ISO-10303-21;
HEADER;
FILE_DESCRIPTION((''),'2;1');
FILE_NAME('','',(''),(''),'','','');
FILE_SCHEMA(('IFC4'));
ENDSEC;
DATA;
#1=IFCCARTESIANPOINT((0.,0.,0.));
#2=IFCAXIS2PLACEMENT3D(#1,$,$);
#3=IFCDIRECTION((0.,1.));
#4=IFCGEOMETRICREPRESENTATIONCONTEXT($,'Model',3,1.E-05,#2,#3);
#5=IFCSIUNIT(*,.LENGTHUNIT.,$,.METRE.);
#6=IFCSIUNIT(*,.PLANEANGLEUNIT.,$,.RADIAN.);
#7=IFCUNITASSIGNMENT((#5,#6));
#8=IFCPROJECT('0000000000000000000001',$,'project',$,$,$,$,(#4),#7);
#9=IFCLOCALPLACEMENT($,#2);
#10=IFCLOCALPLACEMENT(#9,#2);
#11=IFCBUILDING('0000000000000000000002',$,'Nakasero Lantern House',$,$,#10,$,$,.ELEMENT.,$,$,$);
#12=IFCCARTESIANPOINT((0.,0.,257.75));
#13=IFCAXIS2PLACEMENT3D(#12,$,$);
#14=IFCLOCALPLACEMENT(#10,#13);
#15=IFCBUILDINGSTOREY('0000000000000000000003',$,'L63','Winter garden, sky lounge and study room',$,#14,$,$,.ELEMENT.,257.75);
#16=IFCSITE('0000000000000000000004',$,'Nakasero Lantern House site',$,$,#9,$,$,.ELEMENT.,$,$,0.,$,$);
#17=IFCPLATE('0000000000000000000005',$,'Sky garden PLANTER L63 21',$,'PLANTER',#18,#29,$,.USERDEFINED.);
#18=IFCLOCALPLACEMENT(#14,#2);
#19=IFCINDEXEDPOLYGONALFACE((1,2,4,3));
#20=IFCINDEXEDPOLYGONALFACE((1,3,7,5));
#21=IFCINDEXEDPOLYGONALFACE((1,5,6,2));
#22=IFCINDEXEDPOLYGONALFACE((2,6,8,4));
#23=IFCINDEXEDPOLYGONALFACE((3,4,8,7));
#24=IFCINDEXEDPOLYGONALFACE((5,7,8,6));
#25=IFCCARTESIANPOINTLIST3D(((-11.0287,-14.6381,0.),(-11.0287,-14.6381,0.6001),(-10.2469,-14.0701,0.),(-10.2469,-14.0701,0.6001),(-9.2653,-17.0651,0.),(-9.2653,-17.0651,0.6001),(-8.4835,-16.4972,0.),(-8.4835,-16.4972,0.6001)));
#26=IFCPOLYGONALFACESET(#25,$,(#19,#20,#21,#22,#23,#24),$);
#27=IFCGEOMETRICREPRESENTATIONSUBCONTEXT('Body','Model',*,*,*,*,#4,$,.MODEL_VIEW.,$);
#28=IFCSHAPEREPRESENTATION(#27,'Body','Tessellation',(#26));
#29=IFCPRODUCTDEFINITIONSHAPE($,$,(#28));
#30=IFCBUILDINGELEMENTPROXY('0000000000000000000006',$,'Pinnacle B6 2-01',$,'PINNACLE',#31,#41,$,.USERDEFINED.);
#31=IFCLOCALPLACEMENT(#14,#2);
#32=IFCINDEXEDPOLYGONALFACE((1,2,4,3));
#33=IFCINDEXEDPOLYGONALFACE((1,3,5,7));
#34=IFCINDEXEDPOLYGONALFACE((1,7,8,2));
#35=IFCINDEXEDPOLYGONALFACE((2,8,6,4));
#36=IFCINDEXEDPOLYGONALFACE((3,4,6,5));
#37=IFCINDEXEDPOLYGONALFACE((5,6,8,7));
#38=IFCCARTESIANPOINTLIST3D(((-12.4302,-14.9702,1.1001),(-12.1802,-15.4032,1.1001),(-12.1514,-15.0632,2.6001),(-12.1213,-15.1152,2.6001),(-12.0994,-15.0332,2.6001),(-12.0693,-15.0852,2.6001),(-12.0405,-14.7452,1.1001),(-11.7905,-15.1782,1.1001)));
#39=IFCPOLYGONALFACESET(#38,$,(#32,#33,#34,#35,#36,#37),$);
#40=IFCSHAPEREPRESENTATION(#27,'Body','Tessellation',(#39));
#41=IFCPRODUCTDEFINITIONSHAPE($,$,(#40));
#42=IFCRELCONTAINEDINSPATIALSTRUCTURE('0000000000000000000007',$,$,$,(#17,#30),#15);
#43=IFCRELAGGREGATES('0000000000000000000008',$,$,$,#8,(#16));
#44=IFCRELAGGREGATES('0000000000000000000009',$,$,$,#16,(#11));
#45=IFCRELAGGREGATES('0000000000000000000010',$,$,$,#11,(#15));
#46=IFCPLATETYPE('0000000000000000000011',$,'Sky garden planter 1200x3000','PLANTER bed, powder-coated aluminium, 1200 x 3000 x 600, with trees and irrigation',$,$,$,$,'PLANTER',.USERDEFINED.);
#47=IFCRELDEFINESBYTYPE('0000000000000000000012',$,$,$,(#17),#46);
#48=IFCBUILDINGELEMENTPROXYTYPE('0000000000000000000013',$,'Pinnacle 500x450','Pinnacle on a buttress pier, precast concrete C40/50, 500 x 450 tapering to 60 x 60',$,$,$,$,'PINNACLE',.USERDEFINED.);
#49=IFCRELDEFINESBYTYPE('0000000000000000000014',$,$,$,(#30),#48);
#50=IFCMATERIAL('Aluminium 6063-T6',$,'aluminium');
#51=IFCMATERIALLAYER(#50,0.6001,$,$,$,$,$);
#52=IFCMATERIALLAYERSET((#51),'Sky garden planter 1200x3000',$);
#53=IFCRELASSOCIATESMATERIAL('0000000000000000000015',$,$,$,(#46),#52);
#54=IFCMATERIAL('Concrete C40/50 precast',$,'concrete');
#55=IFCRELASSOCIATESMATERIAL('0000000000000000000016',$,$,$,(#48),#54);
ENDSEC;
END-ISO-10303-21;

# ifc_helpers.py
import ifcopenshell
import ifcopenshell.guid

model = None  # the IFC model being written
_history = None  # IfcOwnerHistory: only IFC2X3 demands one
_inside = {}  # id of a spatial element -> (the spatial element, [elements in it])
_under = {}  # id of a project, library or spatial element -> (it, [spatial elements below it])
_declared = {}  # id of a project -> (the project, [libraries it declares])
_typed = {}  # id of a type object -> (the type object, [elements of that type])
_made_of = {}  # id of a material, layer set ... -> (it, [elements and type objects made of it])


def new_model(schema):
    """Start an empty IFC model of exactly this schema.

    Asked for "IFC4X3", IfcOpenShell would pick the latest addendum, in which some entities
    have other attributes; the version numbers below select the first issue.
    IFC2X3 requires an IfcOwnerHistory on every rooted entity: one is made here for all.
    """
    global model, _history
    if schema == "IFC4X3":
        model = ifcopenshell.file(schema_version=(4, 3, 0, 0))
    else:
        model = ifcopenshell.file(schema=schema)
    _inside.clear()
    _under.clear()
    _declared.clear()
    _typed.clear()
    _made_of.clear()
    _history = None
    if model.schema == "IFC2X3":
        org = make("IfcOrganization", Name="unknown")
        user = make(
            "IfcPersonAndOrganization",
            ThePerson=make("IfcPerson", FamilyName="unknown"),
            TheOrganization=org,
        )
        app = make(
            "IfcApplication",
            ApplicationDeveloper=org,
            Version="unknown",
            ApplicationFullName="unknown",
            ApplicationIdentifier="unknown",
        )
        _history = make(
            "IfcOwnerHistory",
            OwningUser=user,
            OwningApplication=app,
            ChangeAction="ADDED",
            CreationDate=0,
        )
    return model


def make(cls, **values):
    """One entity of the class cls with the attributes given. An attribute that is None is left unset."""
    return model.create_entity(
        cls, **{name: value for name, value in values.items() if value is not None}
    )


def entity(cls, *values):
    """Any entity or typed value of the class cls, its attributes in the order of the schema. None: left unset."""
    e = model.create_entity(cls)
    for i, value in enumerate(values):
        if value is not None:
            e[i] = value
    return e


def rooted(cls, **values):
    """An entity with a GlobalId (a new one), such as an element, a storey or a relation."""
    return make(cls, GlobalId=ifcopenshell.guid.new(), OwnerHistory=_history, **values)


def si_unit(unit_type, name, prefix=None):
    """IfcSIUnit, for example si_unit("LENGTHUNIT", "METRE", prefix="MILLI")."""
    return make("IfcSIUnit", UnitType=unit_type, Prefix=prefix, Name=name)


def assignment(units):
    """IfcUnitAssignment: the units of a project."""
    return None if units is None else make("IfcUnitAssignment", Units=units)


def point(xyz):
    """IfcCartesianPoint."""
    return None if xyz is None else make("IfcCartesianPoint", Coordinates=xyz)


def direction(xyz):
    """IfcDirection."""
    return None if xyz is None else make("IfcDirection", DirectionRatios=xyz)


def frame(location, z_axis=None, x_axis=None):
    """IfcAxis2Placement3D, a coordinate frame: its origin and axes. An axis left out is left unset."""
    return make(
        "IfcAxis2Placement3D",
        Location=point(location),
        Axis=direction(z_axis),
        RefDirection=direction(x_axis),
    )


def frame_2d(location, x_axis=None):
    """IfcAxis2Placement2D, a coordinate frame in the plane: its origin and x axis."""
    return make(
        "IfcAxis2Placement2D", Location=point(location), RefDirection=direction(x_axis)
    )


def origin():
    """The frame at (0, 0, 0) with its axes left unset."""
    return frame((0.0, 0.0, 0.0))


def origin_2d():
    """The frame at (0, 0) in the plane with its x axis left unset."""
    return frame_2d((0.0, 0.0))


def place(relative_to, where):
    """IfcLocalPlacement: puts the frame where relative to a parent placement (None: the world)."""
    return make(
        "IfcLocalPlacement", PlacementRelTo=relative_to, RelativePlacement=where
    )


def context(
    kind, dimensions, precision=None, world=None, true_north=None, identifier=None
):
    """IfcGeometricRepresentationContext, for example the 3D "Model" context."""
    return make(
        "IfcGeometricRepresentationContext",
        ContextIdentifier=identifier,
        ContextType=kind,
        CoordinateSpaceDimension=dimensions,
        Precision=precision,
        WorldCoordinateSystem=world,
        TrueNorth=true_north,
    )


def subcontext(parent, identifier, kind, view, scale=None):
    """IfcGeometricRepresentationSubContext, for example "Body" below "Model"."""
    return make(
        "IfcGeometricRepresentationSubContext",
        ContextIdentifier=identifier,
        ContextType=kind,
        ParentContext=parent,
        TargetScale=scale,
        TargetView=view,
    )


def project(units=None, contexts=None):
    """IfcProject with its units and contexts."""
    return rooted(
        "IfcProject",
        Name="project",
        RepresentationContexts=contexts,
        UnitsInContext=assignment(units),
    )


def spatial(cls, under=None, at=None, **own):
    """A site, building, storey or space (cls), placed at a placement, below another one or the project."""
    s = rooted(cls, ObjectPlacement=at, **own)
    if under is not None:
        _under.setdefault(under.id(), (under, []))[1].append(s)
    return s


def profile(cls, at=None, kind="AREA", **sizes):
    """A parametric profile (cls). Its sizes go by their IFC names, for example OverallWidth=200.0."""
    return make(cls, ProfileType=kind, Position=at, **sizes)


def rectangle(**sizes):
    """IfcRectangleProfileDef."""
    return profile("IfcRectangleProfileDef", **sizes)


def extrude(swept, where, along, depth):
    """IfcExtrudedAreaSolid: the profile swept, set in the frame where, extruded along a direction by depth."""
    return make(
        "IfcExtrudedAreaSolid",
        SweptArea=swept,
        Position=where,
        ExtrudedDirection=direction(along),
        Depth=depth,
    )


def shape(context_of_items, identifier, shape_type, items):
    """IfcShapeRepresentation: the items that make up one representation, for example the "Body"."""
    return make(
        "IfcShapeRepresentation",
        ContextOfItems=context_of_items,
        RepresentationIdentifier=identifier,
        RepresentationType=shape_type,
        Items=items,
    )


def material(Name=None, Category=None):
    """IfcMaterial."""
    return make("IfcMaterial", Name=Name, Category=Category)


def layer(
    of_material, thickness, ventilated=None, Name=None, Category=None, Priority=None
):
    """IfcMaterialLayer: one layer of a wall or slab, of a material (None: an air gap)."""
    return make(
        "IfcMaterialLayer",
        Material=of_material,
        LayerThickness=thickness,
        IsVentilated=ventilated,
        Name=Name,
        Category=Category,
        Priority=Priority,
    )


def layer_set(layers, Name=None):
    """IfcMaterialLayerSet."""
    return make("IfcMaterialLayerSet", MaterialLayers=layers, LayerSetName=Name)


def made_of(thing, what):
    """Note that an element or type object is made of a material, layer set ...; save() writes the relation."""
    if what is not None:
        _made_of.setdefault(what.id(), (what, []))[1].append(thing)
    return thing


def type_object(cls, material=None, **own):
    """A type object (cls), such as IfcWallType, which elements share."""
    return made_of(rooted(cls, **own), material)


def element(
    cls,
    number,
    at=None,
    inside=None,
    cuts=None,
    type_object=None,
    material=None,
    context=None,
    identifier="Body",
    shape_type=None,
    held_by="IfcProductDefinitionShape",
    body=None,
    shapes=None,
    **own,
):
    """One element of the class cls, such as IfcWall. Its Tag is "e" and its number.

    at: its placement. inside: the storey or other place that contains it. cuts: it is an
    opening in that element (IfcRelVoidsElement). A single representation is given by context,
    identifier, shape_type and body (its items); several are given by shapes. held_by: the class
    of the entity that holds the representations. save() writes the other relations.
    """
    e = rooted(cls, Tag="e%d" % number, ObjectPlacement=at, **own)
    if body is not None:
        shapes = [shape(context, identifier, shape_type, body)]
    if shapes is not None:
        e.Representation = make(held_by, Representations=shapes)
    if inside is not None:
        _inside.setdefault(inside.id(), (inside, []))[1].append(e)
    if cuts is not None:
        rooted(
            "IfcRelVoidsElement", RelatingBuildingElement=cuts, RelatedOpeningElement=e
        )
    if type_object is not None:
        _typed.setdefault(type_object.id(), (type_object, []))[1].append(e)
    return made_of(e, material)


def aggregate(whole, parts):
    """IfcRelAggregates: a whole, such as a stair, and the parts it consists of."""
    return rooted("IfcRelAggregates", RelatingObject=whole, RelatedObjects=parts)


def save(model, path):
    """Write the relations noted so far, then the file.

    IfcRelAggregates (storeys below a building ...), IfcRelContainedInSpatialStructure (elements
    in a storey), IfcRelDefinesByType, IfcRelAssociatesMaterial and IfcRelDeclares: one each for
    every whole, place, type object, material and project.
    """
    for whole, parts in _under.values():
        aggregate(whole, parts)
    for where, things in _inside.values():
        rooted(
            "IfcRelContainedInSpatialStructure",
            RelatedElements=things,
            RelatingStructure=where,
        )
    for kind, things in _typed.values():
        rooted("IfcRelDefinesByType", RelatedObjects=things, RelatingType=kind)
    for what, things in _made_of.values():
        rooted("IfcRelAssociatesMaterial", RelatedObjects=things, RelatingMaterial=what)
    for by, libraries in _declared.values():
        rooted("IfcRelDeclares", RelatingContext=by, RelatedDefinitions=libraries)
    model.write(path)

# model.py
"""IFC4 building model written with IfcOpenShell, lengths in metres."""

from ifc_helpers import new_model, entity, si_unit, direction, frame, origin, origin_2d, place, context, subcontext, project, spatial, rectangle, extrude, material, layer, layer_set, type_object, element, save


model = new_model("IFC4")

# Units and contexts
model_context = context("Model", 3, precision=1e-05, world=origin(), true_north=direction((0.0, 1.0)))
body_context = subcontext(model_context, "Body", "Model", "MODEL_VIEW")
ifc_project = project(units=[si_unit("LENGTHUNIT", "METRE"), si_unit("PLANEANGLEUNIT", "RADIAN")], contexts=[model_context])

# Site, building, storey
site_placement = place(None, origin())
site = spatial("IfcSite", under=ifc_project, at=site_placement, Name="Nakasero Lantern House site", CompositionType="ELEMENT", RefElevation=0.0)
building_placement = place(site_placement, origin())
building = spatial("IfcBuilding", under=site, at=building_placement, Name="Nakasero Lantern House", CompositionType="ELEMENT")
storey_placement = place(building_placement, frame((0.0, 0.0, 257.75)))
storey = spatial("IfcBuildingStorey", under=building, at=storey_placement, Name="L63", Description="Winter garden, sky lounge and study room", CompositionType="ELEMENT", Elevation=257.75)

# Plate
ifc_material_1 = material(Name="Aluminium 6063-T6", Category="aluminium")
ifc_layer_1 = layer(ifc_material_1, 0.6001)
ifc_layer_set_1 = layer_set([ifc_layer_1], Name="Sky garden planter 1200x3000")
plate_type_1 = type_object("IfcPlateType", Name="Sky garden planter 1200x3000", Description="PLANTER bed, powder-coated aluminium, 1200 x 3000 x 600, with trees and irrigation", ElementType="PLANTER", PredefinedType="USERDEFINED", material=ifc_layer_set_1)
plate_1_placement = place(storey_placement, frame((-9.7561, -15.5676, 0.0), z_axis=(0.0, 0.0, 1.0), x_axis=(-0.809017, -0.587785, 0.0)))
element("IfcPlate", 1, at=plate_1_placement, inside=storey, type_object=plate_type_1, Name="Sky garden PLANTER L63 21", ObjectType="PLANTER", PredefinedType="USERDEFINED", context=body_context, shape_type="SweptSolid", body=[
    extrude(rectangle(XDim=0.9663, YDim=3.0, at=origin_2d()), origin(), (0.0, 0.0, 1.0), 0.6001),
])

# Building element proxy
ifc_material_2 = material(Name="Concrete C40/50 precast", Category="concrete")
building_element_proxy_type = type_object("IfcBuildingElementProxyType", Name="Pinnacle 500x450", Description="Pinnacle on a buttress pier, precast concrete C40/50, 500 x 450 tapering to 60 x 60", ElementType="PINNACLE", PredefinedType="USERDEFINED", material=ifc_material_2)
proxy_placement = place(storey_placement, frame((-12.1104, -15.0742, 1.1001), z_axis=(0.0, 0.0, 1.0), x_axis=(-0.866025, -0.5, 0.0)))
element("IfcBuildingElementProxy", 2, at=proxy_placement, inside=storey, type_object=building_element_proxy_type, Name="Pinnacle B6 2-01", ObjectType="PINNACLE", PredefinedType="USERDEFINED", context=body_context, shape_type="SweptSolid", body=[
    entity("IfcExtrudedAreaSolidTapered", entity("IfcRectangleProfileDef", "AREA", None, entity("IfcAxis2Placement2D", entity("IfcCartesianPoint", [0.0, 0.0])), 0.45, 0.5), entity("IfcAxis2Placement3D", entity("IfcCartesianPoint", [0.0, 0.0, 0.0])), entity("IfcDirection", [0.0, 0.0, 1.0]), 1.5, entity("IfcRectangleProfileDef", "AREA", None, entity("IfcAxis2Placement2D", entity("IfcCartesianPoint", [0.0, 0.0])), 0.0601, 0.0601)),
])

save(model, "model.ifc")
